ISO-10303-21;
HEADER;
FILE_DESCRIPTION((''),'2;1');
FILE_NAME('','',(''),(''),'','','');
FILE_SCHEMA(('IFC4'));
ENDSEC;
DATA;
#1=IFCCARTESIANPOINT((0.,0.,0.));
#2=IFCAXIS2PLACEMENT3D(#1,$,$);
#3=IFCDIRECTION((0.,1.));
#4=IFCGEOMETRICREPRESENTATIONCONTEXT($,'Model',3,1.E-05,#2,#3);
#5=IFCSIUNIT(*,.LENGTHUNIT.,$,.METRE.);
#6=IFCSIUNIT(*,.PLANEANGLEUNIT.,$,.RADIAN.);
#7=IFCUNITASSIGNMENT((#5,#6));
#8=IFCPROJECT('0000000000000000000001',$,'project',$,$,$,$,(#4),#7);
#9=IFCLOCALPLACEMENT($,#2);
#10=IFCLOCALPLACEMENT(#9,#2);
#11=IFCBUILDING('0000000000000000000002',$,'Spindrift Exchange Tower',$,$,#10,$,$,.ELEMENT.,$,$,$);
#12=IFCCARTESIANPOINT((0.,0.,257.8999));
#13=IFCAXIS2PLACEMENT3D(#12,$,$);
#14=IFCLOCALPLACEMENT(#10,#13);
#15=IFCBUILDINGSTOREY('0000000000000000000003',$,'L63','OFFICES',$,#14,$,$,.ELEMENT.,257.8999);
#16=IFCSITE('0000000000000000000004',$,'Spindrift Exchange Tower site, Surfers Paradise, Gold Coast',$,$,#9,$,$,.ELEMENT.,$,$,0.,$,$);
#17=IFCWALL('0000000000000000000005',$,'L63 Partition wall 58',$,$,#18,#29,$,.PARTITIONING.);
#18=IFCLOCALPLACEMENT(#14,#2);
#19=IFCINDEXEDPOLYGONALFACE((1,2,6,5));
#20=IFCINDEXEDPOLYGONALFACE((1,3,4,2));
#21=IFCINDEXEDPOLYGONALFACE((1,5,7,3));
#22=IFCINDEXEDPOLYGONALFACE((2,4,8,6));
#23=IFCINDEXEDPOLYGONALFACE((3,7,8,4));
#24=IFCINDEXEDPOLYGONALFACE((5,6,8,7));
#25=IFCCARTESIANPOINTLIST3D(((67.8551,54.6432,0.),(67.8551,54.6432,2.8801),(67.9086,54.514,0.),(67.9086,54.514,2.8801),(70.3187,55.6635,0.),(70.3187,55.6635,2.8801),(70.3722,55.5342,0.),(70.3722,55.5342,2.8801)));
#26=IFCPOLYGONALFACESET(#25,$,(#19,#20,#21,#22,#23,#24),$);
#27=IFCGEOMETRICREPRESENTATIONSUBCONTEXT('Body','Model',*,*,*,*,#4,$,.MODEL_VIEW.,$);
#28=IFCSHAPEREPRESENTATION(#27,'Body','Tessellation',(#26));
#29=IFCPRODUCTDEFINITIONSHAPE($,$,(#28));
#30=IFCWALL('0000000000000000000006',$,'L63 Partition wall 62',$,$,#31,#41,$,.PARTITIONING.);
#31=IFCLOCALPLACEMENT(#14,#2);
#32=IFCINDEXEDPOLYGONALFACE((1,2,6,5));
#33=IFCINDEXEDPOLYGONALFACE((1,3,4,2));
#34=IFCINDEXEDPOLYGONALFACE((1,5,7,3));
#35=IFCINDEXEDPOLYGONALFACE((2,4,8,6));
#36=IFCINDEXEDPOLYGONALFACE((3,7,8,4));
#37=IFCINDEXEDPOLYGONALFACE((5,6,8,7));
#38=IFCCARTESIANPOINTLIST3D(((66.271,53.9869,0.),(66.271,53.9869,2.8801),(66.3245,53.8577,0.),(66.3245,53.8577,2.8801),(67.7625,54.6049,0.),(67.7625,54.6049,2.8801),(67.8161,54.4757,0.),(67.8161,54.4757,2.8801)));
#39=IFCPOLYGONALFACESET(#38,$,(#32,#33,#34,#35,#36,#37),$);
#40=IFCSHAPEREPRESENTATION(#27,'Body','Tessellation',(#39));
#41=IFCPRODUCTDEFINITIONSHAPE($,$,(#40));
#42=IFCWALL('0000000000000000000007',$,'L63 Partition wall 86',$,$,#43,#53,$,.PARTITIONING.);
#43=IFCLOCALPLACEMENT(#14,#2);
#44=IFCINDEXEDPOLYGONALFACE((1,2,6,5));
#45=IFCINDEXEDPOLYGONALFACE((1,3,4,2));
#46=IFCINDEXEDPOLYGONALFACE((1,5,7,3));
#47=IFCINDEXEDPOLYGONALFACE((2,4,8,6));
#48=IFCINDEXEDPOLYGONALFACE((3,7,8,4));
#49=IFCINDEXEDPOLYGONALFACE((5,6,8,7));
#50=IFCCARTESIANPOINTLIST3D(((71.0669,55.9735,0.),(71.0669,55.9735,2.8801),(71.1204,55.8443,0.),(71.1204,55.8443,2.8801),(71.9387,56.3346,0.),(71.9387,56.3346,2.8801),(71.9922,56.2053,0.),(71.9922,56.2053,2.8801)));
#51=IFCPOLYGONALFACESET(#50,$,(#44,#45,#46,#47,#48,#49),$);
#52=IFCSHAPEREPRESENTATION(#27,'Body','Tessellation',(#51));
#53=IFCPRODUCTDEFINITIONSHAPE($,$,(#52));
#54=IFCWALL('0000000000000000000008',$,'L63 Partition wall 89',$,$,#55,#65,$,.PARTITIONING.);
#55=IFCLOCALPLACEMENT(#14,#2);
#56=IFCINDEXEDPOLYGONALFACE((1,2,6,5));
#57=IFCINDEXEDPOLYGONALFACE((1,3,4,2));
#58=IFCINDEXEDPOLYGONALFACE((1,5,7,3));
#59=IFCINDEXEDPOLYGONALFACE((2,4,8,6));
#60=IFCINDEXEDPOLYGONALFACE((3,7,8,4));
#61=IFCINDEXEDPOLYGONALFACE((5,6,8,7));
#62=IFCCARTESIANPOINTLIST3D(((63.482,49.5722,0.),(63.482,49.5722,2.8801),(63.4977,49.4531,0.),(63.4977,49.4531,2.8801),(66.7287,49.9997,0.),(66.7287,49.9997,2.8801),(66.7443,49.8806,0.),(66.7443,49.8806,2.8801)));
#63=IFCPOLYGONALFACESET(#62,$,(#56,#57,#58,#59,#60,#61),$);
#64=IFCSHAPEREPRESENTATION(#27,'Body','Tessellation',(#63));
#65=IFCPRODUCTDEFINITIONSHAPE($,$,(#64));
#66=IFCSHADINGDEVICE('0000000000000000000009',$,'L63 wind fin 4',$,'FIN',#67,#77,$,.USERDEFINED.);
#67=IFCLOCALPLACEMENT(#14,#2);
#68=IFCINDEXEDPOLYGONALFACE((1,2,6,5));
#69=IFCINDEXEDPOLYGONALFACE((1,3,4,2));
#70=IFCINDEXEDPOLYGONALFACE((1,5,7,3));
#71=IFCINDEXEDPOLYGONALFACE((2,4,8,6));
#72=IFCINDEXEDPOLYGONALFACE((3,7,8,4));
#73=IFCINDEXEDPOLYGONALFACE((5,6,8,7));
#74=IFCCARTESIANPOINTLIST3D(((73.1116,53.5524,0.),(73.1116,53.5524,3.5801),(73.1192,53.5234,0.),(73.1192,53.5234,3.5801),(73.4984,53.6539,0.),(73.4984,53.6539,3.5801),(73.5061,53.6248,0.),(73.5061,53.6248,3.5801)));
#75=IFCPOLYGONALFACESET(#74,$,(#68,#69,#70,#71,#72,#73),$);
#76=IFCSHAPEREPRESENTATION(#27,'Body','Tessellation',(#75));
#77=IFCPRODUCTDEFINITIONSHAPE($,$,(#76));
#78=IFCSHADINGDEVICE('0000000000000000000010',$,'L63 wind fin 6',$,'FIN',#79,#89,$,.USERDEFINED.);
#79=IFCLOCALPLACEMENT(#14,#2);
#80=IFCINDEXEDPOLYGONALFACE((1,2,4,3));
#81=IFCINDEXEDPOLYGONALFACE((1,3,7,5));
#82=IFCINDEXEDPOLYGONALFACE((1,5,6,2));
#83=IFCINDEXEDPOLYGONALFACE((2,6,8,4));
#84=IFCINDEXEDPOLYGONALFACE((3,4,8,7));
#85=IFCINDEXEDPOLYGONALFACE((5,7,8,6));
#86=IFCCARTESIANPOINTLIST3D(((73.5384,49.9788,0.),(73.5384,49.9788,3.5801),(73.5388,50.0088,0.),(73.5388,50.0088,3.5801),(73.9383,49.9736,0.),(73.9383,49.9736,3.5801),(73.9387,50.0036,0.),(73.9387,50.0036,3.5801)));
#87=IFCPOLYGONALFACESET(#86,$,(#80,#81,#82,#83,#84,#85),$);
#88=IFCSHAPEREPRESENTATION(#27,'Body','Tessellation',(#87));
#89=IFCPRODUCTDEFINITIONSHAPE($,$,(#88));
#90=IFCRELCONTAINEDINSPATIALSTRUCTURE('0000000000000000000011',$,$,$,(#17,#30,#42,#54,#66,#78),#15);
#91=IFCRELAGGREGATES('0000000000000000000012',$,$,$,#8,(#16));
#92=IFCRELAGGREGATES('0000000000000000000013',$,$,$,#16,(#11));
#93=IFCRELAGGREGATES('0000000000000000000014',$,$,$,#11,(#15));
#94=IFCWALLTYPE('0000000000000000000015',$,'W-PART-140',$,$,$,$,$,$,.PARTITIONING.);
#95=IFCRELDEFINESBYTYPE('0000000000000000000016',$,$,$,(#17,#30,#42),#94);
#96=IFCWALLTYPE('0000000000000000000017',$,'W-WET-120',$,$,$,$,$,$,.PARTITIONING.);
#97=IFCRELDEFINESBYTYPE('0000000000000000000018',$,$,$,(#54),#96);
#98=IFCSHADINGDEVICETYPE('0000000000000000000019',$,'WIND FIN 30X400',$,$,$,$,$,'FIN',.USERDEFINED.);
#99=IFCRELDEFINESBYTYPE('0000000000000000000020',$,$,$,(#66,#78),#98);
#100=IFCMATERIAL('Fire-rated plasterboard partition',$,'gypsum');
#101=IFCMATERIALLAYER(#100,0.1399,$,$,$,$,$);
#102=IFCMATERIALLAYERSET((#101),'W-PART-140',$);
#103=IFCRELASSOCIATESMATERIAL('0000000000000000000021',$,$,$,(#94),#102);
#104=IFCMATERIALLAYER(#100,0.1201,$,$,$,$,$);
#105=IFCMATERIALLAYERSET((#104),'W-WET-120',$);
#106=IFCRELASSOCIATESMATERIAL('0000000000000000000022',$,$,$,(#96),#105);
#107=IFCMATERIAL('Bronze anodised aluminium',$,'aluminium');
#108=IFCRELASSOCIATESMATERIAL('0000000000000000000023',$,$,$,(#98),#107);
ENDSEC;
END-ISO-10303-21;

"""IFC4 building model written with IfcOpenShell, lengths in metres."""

from ifc_helpers import new_model, si_unit, direction, frame, frame_2d, origin, origin_2d, place, context, subcontext, project, spatial, rectangle, extrude, source, transform, mapped, material, layer, layer_set, material_profile, profile_set, type_object, element, save


model = new_model("IFC4")

# Units and contexts
model_context = context("Model", 3, precision=1e-05, world=origin(), true_north=direction((0.0, 1.0)))
body_context = subcontext(model_context, "Body", "Model", "MODEL_VIEW")
ifc_project = project(units=[si_unit("LENGTHUNIT", "METRE"), si_unit("PLANEANGLEUNIT", "RADIAN")], contexts=[model_context])

# Site, building, storey
site_placement = place(None, origin())
site = spatial("IfcSite", under=ifc_project, at=site_placement, Name="Spindrift Exchange Tower site, Surfers Paradise, Gold Coast", CompositionType="ELEMENT", RefElevation=0.0)
building_placement = place(site_placement, origin())
building = spatial("IfcBuilding", under=site, at=building_placement, Name="Spindrift Exchange Tower", CompositionType="ELEMENT")
storey_placement = place(building_placement, frame((0.0, 0.0, 257.8999)))
storey = spatial("IfcBuildingStorey", under=building, at=storey_placement, Name="L63", Description="OFFICES", CompositionType="ELEMENT", Elevation=257.8999)

# Shared definitions
ifc_material_1 = material(Name="Bronze anodised aluminium", Category="aluminium")

# Walls
ifc_material_2 = material(Name="Fire-rated plasterboard partition", Category="gypsum")
ifc_layer_1 = layer(ifc_material_2, 0.1399)
ifc_layer_set_1 = layer_set([ifc_layer_1], Name="W-PART-140")
wall_type_1 = type_object("IfcWallType", Name="W-PART-140", PredefinedType="PARTITIONING", material=ifc_layer_set_1)
wall_1_placement = place(storey_placement, frame((67.8818, 54.5786, 0.0), z_axis=(0.0, 0.0, 1.0), x_axis=(0.923906, 0.382619, 0.0)))
element("IfcWall", 1, at=wall_1_placement, inside=storey, type_object=wall_type_1, Name="L63 Partition wall 58", PredefinedType="PARTITIONING", context=body_context, shape_type="SweptSolid", body=[
    extrude(rectangle(XDim=2.6665, YDim=0.1399, at=frame_2d((1.3333, 0.0))), origin(), (0.0, 0.0, 1.0), 2.8801),
])
wall_2_placement = place(storey_placement, frame((66.2979, 53.9224, 0.0), z_axis=(0.0, 0.0, 1.0), x_axis=(0.923849, 0.382757, 0.0)))
element("IfcWall", 2, at=wall_2_placement, inside=storey, type_object=wall_type_1, Name="L63 Partition wall 62", PredefinedType="PARTITIONING", context=body_context, shape_type="SweptSolid", body=[
    extrude(rectangle(XDim=1.6145, YDim=0.1399, at=frame_2d((0.8071, 0.0))), origin(), (0.0, 0.0, 1.0), 2.8801),
])
wall_3_placement = place(storey_placement, frame((71.0938, 55.9089, 0.0), z_axis=(0.0, 0.0, 1.0), x_axis=(0.923894, 0.382649, 0.0)))
element("IfcWall", 3, at=wall_3_placement, inside=storey, type_object=wall_type_1, Name="L63 Partition wall 86", PredefinedType="PARTITIONING", context=body_context, shape_type="SweptSolid", body=[
    extrude(rectangle(XDim=0.9436, YDim=0.1399, at=frame_2d((0.4717, 0.0))), origin(), (0.0, 0.0, 1.0), 2.8801),
])
ifc_layer_2 = layer(ifc_material_2, 0.1201)
ifc_layer_set_2 = layer_set([ifc_layer_2], Name="W-WET-120")
wall_type_2 = type_object("IfcWallType", Name="W-WET-120", PredefinedType="PARTITIONING", material=ifc_layer_set_2)
wall_4_placement = place(storey_placement, frame((63.49, 49.5127, 0.0), z_axis=(0.0, 0.0, 1.0), x_axis=(0.991442, 0.130547, 0.0)))
element("IfcWall", 4, at=wall_4_placement, inside=storey, type_object=wall_type_2, Name="L63 Partition wall 89", PredefinedType="PARTITIONING", context=body_context, shape_type="SweptSolid", body=[
    extrude(rectangle(XDim=3.2747, YDim=0.1201, at=frame_2d((1.6372, 0.0))), origin(), (0.0, 0.0, 1.0), 2.8801),
])

# Shading devices
ifc_material_profile_1 = material_profile(ifc_material_1, rectangle(XDim=0.03, YDim=0.3999, at=origin_2d()), Name="WIND FIN 30X400")
ifc_profile_set_1 = profile_set([ifc_material_profile_1], Name="Bronze anodised aluminium")
shading_device_type = type_object("IfcShadingDeviceType", Name="WIND FIN 30X400", ElementType="FIN", PredefinedType="USERDEFINED", material=ifc_profile_set_1)
shared_shape_1 = source(origin(), body_context, "Body", "SweptSolid", [
    extrude(rectangle(XDim=0.03, YDim=0.3999, at=origin_2d()), origin(), (0.0, 0.0, 1.0), 3.5801),
])
for number, where, z_axis, x_axis, name in (
    (5, (73.3088, 53.5886, 0.0), (0.0, 0.0, 1.0), (-0.25369, 0.967285, 0.0), "L63 wind fin 4"),
    (6, (73.7385, 49.9912, 0.0), (0.0, 0.0, 1.0), (0.013034, 0.999915, 0.0), "L63 wind fin 6"),
):
    element("IfcShadingDevice", number, at=place(storey_placement, frame(where, z_axis=z_axis, x_axis=x_axis)), inside=storey, type_object=shading_device_type, Name=name, ObjectType="FIN", PredefinedType="USERDEFINED", context=body_context, shape_type="MappedRepresentation", body=[
        mapped(shared_shape_1, transform((0.0, 0.0, 0.0), scale=1.0)),
    ])

save(model, "model.ifc")
